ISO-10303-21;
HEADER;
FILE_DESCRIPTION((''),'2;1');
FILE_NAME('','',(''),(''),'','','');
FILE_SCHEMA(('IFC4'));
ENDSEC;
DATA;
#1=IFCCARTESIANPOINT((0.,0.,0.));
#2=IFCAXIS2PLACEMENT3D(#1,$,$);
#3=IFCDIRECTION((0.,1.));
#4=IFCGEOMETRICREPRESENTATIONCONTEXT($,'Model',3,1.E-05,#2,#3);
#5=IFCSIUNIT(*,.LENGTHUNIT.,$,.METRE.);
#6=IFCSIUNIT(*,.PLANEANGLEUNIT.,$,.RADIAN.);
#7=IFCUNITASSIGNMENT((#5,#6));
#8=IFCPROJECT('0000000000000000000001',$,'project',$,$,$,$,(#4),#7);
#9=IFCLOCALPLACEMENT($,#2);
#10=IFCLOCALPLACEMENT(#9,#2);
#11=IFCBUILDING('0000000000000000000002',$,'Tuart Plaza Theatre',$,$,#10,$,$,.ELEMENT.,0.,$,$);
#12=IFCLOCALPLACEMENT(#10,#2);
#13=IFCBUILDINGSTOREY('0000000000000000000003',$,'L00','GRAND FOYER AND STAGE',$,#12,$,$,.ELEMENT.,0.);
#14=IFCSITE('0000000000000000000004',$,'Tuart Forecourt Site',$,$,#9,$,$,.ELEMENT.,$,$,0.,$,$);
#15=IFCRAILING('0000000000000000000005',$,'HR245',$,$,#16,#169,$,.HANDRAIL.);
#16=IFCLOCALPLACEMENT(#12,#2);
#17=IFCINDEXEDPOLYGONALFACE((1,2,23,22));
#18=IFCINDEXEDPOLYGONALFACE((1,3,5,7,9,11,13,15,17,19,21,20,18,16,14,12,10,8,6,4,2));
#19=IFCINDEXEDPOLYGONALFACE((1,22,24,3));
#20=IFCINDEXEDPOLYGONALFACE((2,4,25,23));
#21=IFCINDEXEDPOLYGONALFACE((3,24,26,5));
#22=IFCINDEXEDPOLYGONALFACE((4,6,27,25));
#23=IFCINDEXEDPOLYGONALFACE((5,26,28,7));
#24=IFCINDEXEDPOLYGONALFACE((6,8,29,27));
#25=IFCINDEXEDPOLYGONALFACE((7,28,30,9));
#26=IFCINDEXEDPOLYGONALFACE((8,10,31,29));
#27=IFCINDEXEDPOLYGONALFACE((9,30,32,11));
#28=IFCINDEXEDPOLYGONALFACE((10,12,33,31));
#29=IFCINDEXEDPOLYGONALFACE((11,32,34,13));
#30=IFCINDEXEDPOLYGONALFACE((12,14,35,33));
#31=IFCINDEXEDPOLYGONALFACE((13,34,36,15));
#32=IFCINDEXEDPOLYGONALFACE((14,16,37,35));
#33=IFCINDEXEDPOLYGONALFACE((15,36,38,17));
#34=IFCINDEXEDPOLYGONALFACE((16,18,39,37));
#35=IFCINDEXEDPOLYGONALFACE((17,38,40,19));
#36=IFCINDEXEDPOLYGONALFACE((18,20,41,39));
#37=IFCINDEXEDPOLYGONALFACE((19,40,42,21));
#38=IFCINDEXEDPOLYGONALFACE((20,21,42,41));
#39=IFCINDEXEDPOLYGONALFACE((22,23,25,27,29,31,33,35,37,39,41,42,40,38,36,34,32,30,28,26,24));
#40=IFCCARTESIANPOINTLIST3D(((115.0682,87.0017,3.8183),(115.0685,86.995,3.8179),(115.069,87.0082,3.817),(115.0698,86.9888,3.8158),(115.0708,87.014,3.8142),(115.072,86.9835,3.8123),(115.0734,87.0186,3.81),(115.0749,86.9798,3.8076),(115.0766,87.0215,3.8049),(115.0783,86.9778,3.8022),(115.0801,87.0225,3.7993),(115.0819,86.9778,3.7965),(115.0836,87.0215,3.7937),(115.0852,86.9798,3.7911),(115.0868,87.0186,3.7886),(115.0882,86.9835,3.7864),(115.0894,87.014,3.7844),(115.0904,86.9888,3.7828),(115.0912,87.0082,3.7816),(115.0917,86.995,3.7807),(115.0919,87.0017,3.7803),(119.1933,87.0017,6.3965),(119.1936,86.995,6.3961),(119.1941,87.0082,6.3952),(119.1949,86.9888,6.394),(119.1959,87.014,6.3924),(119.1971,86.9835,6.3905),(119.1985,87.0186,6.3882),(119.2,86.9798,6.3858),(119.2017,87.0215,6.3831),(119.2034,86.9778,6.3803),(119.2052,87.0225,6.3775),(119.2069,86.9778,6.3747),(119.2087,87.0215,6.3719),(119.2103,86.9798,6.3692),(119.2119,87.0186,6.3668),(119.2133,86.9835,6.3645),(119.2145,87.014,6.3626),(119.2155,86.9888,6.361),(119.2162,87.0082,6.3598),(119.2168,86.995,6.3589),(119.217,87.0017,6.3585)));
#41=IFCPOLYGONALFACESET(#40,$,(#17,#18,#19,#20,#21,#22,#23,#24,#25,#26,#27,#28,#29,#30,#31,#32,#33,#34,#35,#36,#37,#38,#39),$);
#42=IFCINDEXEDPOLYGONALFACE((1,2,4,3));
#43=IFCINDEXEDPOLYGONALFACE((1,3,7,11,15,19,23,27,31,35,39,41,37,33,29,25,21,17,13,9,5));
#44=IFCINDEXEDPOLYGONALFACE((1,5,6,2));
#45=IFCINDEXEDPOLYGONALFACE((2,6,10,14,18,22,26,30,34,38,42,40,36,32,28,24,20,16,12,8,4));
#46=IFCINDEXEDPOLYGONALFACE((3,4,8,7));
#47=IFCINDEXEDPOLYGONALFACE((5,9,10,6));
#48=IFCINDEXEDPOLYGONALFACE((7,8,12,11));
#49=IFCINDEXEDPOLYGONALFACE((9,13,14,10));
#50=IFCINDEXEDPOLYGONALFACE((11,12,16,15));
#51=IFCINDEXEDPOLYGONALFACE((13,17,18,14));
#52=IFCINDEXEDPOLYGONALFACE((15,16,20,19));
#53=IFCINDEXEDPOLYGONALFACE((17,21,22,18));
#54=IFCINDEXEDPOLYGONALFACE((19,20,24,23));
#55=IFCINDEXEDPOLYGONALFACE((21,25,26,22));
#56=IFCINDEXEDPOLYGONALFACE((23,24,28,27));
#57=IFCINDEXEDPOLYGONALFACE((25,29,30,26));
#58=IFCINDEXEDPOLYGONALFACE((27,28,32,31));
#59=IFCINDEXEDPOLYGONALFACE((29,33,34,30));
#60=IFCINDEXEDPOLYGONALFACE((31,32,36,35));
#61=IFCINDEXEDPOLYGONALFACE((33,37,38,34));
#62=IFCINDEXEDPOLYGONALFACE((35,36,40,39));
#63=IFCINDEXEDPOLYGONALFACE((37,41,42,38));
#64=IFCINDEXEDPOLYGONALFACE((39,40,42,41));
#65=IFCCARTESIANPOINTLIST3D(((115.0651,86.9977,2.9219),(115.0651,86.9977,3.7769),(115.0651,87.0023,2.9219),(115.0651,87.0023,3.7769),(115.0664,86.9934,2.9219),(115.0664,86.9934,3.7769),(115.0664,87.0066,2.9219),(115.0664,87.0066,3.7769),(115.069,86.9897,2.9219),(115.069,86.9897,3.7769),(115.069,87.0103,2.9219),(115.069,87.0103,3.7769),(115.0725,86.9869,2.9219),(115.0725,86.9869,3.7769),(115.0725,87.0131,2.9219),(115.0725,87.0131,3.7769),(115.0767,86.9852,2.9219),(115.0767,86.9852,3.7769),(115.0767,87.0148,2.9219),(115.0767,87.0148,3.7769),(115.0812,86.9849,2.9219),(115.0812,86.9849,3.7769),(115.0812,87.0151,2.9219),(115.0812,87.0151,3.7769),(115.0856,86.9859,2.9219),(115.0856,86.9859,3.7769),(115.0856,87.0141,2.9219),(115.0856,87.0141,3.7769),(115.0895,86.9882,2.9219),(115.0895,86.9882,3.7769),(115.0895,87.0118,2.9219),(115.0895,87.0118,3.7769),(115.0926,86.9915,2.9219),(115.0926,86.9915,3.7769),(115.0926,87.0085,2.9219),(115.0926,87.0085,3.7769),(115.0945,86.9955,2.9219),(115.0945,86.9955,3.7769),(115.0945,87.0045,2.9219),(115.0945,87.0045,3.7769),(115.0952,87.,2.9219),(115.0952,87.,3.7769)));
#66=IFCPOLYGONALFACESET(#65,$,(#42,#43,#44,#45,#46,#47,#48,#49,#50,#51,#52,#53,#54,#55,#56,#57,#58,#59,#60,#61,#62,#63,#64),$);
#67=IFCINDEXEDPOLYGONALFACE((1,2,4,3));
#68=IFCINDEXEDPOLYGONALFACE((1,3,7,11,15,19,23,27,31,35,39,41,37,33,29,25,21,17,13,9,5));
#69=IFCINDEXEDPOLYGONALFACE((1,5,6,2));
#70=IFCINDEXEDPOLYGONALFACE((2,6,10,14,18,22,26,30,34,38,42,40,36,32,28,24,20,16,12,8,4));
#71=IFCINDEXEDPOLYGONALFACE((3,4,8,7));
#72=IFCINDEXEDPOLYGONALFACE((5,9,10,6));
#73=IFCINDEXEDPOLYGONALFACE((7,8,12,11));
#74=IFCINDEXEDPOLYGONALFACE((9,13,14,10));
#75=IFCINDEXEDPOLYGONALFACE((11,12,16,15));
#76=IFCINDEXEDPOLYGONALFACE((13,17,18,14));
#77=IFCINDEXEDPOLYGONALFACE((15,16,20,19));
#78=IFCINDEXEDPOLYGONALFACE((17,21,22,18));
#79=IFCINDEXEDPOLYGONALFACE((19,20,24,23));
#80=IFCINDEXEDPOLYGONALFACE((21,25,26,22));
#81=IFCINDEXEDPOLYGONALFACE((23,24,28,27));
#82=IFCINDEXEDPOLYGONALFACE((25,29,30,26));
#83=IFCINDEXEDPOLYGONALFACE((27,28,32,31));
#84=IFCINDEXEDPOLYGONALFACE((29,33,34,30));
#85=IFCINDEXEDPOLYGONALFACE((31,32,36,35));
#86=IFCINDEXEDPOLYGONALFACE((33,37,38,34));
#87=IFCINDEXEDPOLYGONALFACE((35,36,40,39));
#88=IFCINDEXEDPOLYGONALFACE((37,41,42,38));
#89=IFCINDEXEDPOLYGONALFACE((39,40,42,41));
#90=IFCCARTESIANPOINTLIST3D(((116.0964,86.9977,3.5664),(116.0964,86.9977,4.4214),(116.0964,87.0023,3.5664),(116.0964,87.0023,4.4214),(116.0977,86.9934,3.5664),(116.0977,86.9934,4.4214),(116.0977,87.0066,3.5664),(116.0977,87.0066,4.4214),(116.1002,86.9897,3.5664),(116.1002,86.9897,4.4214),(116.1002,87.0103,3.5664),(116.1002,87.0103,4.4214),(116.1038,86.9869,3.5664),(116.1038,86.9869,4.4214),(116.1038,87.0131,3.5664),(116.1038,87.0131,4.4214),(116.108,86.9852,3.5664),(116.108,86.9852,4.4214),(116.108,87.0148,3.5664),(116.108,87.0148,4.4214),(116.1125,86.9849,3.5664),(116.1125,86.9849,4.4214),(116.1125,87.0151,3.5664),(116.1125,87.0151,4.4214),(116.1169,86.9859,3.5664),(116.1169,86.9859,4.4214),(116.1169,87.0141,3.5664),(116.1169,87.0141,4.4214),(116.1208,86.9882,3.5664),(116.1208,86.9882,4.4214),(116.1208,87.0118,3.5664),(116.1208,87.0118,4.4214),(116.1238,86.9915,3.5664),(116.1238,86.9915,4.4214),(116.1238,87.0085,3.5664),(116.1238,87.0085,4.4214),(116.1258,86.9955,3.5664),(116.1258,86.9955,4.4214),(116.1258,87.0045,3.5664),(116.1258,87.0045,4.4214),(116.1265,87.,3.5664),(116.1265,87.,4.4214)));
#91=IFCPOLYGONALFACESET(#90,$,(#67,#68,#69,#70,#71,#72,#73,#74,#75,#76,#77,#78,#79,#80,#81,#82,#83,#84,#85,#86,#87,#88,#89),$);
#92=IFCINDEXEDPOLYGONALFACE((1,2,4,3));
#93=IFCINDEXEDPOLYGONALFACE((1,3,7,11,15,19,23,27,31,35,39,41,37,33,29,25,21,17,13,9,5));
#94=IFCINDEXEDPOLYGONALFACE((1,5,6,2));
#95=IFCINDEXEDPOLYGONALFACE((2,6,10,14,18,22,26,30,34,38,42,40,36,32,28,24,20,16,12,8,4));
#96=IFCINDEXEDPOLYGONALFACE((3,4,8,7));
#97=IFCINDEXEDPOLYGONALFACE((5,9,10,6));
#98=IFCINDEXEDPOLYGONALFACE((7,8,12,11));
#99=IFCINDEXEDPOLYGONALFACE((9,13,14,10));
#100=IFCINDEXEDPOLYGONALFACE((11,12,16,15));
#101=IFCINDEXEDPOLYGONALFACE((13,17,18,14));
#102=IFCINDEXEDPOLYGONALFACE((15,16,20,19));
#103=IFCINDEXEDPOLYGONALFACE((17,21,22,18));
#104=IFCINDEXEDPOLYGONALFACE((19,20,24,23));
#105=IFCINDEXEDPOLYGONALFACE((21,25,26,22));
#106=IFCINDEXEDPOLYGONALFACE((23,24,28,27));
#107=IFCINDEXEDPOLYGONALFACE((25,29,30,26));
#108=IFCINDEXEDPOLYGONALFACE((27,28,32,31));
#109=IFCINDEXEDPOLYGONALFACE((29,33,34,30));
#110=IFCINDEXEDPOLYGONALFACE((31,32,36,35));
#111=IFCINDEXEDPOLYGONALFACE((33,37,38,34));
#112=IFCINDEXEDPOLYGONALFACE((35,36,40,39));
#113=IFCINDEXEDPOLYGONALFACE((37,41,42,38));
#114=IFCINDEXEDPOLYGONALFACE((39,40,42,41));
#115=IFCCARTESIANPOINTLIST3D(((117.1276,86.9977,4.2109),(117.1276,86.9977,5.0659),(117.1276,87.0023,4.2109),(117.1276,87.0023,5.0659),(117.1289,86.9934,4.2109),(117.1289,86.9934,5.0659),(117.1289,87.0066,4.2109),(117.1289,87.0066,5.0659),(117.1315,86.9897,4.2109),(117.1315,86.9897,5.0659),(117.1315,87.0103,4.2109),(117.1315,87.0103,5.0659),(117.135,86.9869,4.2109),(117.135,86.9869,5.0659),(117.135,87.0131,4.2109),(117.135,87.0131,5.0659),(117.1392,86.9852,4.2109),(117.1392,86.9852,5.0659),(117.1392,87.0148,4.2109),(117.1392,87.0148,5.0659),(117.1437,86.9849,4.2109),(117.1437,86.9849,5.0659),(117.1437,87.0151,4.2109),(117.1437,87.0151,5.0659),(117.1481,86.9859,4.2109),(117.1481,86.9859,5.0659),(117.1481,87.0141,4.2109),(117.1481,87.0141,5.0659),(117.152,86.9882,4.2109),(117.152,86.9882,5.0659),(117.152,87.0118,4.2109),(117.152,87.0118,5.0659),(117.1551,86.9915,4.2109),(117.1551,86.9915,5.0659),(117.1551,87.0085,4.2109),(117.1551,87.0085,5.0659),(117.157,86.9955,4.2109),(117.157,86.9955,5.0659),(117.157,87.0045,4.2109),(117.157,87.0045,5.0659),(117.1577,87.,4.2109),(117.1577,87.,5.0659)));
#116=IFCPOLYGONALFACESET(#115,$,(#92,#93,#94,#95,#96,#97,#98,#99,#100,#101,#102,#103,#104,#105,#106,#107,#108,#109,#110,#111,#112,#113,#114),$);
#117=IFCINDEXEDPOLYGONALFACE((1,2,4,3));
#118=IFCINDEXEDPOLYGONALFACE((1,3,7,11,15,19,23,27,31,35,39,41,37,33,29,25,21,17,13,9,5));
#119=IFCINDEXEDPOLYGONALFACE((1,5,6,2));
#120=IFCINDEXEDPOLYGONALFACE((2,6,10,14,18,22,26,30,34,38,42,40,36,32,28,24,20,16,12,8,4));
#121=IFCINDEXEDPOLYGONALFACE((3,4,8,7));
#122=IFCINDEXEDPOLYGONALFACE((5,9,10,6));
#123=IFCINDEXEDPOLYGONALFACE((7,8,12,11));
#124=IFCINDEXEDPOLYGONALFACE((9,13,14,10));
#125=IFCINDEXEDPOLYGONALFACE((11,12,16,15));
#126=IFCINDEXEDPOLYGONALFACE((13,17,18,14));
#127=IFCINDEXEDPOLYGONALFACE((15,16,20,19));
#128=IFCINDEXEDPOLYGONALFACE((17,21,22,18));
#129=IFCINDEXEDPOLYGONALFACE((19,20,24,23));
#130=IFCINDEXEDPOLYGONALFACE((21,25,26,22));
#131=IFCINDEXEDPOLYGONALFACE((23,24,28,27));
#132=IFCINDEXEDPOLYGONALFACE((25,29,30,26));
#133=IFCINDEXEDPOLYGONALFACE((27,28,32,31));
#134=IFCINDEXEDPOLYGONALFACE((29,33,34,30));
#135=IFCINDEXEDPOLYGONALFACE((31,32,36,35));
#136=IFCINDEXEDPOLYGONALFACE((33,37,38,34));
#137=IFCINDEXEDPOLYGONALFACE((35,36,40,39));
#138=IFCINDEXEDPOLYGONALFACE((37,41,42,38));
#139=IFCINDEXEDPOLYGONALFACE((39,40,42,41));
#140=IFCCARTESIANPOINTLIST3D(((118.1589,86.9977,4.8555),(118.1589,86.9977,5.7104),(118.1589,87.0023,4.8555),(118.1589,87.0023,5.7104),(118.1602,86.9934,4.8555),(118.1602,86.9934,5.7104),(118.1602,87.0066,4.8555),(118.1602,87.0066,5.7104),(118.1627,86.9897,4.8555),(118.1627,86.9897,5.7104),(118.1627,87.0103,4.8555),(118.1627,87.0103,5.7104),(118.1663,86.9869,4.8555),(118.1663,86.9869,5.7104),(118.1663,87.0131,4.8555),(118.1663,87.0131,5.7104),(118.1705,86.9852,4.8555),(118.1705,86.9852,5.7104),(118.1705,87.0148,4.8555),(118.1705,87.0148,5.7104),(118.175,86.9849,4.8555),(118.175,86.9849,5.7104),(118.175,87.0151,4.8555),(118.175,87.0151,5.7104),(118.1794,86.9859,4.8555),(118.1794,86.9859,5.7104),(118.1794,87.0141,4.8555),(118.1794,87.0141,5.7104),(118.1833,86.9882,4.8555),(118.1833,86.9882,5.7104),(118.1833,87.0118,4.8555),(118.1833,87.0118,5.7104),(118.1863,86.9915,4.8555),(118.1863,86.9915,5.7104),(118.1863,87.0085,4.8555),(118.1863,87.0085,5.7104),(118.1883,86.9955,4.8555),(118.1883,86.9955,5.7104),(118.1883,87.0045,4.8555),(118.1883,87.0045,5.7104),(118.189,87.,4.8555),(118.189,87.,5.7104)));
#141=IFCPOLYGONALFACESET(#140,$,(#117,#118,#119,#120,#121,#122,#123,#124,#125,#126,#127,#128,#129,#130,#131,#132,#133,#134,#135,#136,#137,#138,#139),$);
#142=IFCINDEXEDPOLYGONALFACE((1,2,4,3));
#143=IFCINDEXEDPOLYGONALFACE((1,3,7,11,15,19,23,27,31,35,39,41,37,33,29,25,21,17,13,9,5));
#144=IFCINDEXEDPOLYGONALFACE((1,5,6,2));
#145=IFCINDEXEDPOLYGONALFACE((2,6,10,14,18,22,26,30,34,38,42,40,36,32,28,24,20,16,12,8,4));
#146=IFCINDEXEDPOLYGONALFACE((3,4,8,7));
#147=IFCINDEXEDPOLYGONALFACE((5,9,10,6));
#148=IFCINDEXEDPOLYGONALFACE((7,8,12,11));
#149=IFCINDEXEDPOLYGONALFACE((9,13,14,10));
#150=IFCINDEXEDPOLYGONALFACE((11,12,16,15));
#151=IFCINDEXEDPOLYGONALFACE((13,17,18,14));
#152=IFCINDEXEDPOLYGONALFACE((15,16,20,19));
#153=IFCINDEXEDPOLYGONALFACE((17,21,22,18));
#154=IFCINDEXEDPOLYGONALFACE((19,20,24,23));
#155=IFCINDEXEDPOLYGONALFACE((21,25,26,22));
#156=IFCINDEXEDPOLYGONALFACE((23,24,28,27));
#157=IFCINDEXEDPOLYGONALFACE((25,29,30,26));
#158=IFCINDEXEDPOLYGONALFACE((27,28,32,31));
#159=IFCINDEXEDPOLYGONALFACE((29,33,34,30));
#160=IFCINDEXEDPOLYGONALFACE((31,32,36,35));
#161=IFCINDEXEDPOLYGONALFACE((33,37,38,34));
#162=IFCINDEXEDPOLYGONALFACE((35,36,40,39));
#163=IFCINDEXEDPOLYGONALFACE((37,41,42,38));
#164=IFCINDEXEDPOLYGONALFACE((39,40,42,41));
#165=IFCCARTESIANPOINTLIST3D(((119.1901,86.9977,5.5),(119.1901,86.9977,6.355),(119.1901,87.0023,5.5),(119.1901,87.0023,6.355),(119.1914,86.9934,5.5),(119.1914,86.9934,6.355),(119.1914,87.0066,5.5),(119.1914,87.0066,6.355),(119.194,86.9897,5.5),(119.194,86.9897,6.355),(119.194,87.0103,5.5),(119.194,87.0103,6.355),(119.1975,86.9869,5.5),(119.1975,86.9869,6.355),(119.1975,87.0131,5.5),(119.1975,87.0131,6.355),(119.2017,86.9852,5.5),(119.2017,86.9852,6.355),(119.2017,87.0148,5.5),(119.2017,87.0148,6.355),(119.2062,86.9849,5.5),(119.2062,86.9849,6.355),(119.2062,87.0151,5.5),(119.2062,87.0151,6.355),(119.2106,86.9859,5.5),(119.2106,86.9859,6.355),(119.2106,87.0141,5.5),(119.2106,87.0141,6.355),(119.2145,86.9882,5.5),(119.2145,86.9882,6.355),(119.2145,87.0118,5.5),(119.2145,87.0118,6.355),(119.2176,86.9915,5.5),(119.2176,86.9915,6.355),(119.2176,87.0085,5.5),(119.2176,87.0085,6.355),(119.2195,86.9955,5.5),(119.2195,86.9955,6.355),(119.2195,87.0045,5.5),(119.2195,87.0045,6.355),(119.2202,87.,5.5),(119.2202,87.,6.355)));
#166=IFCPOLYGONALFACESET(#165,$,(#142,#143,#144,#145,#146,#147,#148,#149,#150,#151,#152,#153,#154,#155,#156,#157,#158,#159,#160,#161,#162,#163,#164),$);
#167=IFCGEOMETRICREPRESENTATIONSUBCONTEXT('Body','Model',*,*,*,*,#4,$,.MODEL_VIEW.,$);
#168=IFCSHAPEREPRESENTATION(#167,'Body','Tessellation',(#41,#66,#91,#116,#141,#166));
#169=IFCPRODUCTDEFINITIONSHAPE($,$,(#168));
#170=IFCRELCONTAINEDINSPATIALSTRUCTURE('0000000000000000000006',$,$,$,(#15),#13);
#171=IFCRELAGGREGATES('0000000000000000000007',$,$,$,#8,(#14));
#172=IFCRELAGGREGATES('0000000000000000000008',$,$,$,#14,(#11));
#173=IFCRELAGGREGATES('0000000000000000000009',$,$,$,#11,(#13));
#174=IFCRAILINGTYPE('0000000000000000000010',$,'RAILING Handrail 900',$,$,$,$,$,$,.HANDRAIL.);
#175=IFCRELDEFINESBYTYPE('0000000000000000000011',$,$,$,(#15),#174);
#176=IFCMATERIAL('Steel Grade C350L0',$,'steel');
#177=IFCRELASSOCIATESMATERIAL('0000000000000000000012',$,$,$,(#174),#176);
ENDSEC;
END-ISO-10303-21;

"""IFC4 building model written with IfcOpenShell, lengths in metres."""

from ifc_helpers import new_model, si_unit, direction, frame, origin, origin_2d, place, context, subcontext, project, spatial, circle, extrude, material, type_object, element, save


model = new_model("IFC4")

# Units and contexts
model_context = context("Model", 3, precision=1e-05, world=origin(), true_north=direction((0.0, 1.0)))
body_context = subcontext(model_context, "Body", "Model", "MODEL_VIEW")
ifc_project = project(units=[si_unit("LENGTHUNIT", "METRE"), si_unit("PLANEANGLEUNIT", "RADIAN")], contexts=[model_context])

# Site, building, storey
site_placement = place(None, origin())
site = spatial("IfcSite", under=ifc_project, at=site_placement, Name="Tuart Forecourt Site", CompositionType="ELEMENT", RefElevation=0.0)
building_placement = place(site_placement, origin())
building = spatial("IfcBuilding", under=site, at=building_placement, Name="Tuart Plaza Theatre", CompositionType="ELEMENT", ElevationOfRefHeight=0.0)
storey_placement = place(building_placement, origin())
storey = spatial("IfcBuildingStorey", under=building, at=storey_placement, Name="L00", Description="GRAND FOYER AND STAGE", CompositionType="ELEMENT", Elevation=0.0)

# Railing
ifc_material_1 = material(Name="Steel Grade C350L0", Category="steel")
railing_type_1 = type_object("IfcRailingType", Name="RAILING Handrail 900", PredefinedType="HANDRAIL", material=ifc_material_1)
for number, where, name in (
    (1, (115.0801, 87.0, 2.9219), "HR245"),
):
    element("IfcRailing", number, at=place(storey_placement, frame(where)), inside=storey, type_object=railing_type_1, Name=name, PredefinedType="HANDRAIL", context=body_context, shape_type="SweptSolid", body=[
        extrude(circle(Radius=0.0225, at=origin_2d()), frame((0.0, 0.0, 0.8774), z_axis=(0.847998, 0.0, 0.529999), x_axis=(0.0, 1.0, 0.0)), (0.0, 0.0, 1.0), 4.8645),
        extrude(circle(Radius=0.0151, at=origin_2d()), origin(), (0.0, 0.0, 1.0), 0.855),
        extrude(circle(Radius=0.0151, at=origin_2d()), frame((1.0312, 0.0, 0.6445)), (0.0, 0.0, 1.0), 0.855),
        extrude(circle(Radius=0.0151, at=origin_2d()), frame((2.0625, 0.0, 1.2891)), (0.0, 0.0, 1.0), 0.855),
        extrude(circle(Radius=0.0151, at=origin_2d()), frame((3.0938, 0.0, 1.9336)), (0.0, 0.0, 1.0), 0.855),
        extrude(circle(Radius=0.0151, at=origin_2d()), frame((4.125, 0.0, 2.5781)), (0.0, 0.0, 1.0), 0.855),
    ])

save(model, "model.ifc")
